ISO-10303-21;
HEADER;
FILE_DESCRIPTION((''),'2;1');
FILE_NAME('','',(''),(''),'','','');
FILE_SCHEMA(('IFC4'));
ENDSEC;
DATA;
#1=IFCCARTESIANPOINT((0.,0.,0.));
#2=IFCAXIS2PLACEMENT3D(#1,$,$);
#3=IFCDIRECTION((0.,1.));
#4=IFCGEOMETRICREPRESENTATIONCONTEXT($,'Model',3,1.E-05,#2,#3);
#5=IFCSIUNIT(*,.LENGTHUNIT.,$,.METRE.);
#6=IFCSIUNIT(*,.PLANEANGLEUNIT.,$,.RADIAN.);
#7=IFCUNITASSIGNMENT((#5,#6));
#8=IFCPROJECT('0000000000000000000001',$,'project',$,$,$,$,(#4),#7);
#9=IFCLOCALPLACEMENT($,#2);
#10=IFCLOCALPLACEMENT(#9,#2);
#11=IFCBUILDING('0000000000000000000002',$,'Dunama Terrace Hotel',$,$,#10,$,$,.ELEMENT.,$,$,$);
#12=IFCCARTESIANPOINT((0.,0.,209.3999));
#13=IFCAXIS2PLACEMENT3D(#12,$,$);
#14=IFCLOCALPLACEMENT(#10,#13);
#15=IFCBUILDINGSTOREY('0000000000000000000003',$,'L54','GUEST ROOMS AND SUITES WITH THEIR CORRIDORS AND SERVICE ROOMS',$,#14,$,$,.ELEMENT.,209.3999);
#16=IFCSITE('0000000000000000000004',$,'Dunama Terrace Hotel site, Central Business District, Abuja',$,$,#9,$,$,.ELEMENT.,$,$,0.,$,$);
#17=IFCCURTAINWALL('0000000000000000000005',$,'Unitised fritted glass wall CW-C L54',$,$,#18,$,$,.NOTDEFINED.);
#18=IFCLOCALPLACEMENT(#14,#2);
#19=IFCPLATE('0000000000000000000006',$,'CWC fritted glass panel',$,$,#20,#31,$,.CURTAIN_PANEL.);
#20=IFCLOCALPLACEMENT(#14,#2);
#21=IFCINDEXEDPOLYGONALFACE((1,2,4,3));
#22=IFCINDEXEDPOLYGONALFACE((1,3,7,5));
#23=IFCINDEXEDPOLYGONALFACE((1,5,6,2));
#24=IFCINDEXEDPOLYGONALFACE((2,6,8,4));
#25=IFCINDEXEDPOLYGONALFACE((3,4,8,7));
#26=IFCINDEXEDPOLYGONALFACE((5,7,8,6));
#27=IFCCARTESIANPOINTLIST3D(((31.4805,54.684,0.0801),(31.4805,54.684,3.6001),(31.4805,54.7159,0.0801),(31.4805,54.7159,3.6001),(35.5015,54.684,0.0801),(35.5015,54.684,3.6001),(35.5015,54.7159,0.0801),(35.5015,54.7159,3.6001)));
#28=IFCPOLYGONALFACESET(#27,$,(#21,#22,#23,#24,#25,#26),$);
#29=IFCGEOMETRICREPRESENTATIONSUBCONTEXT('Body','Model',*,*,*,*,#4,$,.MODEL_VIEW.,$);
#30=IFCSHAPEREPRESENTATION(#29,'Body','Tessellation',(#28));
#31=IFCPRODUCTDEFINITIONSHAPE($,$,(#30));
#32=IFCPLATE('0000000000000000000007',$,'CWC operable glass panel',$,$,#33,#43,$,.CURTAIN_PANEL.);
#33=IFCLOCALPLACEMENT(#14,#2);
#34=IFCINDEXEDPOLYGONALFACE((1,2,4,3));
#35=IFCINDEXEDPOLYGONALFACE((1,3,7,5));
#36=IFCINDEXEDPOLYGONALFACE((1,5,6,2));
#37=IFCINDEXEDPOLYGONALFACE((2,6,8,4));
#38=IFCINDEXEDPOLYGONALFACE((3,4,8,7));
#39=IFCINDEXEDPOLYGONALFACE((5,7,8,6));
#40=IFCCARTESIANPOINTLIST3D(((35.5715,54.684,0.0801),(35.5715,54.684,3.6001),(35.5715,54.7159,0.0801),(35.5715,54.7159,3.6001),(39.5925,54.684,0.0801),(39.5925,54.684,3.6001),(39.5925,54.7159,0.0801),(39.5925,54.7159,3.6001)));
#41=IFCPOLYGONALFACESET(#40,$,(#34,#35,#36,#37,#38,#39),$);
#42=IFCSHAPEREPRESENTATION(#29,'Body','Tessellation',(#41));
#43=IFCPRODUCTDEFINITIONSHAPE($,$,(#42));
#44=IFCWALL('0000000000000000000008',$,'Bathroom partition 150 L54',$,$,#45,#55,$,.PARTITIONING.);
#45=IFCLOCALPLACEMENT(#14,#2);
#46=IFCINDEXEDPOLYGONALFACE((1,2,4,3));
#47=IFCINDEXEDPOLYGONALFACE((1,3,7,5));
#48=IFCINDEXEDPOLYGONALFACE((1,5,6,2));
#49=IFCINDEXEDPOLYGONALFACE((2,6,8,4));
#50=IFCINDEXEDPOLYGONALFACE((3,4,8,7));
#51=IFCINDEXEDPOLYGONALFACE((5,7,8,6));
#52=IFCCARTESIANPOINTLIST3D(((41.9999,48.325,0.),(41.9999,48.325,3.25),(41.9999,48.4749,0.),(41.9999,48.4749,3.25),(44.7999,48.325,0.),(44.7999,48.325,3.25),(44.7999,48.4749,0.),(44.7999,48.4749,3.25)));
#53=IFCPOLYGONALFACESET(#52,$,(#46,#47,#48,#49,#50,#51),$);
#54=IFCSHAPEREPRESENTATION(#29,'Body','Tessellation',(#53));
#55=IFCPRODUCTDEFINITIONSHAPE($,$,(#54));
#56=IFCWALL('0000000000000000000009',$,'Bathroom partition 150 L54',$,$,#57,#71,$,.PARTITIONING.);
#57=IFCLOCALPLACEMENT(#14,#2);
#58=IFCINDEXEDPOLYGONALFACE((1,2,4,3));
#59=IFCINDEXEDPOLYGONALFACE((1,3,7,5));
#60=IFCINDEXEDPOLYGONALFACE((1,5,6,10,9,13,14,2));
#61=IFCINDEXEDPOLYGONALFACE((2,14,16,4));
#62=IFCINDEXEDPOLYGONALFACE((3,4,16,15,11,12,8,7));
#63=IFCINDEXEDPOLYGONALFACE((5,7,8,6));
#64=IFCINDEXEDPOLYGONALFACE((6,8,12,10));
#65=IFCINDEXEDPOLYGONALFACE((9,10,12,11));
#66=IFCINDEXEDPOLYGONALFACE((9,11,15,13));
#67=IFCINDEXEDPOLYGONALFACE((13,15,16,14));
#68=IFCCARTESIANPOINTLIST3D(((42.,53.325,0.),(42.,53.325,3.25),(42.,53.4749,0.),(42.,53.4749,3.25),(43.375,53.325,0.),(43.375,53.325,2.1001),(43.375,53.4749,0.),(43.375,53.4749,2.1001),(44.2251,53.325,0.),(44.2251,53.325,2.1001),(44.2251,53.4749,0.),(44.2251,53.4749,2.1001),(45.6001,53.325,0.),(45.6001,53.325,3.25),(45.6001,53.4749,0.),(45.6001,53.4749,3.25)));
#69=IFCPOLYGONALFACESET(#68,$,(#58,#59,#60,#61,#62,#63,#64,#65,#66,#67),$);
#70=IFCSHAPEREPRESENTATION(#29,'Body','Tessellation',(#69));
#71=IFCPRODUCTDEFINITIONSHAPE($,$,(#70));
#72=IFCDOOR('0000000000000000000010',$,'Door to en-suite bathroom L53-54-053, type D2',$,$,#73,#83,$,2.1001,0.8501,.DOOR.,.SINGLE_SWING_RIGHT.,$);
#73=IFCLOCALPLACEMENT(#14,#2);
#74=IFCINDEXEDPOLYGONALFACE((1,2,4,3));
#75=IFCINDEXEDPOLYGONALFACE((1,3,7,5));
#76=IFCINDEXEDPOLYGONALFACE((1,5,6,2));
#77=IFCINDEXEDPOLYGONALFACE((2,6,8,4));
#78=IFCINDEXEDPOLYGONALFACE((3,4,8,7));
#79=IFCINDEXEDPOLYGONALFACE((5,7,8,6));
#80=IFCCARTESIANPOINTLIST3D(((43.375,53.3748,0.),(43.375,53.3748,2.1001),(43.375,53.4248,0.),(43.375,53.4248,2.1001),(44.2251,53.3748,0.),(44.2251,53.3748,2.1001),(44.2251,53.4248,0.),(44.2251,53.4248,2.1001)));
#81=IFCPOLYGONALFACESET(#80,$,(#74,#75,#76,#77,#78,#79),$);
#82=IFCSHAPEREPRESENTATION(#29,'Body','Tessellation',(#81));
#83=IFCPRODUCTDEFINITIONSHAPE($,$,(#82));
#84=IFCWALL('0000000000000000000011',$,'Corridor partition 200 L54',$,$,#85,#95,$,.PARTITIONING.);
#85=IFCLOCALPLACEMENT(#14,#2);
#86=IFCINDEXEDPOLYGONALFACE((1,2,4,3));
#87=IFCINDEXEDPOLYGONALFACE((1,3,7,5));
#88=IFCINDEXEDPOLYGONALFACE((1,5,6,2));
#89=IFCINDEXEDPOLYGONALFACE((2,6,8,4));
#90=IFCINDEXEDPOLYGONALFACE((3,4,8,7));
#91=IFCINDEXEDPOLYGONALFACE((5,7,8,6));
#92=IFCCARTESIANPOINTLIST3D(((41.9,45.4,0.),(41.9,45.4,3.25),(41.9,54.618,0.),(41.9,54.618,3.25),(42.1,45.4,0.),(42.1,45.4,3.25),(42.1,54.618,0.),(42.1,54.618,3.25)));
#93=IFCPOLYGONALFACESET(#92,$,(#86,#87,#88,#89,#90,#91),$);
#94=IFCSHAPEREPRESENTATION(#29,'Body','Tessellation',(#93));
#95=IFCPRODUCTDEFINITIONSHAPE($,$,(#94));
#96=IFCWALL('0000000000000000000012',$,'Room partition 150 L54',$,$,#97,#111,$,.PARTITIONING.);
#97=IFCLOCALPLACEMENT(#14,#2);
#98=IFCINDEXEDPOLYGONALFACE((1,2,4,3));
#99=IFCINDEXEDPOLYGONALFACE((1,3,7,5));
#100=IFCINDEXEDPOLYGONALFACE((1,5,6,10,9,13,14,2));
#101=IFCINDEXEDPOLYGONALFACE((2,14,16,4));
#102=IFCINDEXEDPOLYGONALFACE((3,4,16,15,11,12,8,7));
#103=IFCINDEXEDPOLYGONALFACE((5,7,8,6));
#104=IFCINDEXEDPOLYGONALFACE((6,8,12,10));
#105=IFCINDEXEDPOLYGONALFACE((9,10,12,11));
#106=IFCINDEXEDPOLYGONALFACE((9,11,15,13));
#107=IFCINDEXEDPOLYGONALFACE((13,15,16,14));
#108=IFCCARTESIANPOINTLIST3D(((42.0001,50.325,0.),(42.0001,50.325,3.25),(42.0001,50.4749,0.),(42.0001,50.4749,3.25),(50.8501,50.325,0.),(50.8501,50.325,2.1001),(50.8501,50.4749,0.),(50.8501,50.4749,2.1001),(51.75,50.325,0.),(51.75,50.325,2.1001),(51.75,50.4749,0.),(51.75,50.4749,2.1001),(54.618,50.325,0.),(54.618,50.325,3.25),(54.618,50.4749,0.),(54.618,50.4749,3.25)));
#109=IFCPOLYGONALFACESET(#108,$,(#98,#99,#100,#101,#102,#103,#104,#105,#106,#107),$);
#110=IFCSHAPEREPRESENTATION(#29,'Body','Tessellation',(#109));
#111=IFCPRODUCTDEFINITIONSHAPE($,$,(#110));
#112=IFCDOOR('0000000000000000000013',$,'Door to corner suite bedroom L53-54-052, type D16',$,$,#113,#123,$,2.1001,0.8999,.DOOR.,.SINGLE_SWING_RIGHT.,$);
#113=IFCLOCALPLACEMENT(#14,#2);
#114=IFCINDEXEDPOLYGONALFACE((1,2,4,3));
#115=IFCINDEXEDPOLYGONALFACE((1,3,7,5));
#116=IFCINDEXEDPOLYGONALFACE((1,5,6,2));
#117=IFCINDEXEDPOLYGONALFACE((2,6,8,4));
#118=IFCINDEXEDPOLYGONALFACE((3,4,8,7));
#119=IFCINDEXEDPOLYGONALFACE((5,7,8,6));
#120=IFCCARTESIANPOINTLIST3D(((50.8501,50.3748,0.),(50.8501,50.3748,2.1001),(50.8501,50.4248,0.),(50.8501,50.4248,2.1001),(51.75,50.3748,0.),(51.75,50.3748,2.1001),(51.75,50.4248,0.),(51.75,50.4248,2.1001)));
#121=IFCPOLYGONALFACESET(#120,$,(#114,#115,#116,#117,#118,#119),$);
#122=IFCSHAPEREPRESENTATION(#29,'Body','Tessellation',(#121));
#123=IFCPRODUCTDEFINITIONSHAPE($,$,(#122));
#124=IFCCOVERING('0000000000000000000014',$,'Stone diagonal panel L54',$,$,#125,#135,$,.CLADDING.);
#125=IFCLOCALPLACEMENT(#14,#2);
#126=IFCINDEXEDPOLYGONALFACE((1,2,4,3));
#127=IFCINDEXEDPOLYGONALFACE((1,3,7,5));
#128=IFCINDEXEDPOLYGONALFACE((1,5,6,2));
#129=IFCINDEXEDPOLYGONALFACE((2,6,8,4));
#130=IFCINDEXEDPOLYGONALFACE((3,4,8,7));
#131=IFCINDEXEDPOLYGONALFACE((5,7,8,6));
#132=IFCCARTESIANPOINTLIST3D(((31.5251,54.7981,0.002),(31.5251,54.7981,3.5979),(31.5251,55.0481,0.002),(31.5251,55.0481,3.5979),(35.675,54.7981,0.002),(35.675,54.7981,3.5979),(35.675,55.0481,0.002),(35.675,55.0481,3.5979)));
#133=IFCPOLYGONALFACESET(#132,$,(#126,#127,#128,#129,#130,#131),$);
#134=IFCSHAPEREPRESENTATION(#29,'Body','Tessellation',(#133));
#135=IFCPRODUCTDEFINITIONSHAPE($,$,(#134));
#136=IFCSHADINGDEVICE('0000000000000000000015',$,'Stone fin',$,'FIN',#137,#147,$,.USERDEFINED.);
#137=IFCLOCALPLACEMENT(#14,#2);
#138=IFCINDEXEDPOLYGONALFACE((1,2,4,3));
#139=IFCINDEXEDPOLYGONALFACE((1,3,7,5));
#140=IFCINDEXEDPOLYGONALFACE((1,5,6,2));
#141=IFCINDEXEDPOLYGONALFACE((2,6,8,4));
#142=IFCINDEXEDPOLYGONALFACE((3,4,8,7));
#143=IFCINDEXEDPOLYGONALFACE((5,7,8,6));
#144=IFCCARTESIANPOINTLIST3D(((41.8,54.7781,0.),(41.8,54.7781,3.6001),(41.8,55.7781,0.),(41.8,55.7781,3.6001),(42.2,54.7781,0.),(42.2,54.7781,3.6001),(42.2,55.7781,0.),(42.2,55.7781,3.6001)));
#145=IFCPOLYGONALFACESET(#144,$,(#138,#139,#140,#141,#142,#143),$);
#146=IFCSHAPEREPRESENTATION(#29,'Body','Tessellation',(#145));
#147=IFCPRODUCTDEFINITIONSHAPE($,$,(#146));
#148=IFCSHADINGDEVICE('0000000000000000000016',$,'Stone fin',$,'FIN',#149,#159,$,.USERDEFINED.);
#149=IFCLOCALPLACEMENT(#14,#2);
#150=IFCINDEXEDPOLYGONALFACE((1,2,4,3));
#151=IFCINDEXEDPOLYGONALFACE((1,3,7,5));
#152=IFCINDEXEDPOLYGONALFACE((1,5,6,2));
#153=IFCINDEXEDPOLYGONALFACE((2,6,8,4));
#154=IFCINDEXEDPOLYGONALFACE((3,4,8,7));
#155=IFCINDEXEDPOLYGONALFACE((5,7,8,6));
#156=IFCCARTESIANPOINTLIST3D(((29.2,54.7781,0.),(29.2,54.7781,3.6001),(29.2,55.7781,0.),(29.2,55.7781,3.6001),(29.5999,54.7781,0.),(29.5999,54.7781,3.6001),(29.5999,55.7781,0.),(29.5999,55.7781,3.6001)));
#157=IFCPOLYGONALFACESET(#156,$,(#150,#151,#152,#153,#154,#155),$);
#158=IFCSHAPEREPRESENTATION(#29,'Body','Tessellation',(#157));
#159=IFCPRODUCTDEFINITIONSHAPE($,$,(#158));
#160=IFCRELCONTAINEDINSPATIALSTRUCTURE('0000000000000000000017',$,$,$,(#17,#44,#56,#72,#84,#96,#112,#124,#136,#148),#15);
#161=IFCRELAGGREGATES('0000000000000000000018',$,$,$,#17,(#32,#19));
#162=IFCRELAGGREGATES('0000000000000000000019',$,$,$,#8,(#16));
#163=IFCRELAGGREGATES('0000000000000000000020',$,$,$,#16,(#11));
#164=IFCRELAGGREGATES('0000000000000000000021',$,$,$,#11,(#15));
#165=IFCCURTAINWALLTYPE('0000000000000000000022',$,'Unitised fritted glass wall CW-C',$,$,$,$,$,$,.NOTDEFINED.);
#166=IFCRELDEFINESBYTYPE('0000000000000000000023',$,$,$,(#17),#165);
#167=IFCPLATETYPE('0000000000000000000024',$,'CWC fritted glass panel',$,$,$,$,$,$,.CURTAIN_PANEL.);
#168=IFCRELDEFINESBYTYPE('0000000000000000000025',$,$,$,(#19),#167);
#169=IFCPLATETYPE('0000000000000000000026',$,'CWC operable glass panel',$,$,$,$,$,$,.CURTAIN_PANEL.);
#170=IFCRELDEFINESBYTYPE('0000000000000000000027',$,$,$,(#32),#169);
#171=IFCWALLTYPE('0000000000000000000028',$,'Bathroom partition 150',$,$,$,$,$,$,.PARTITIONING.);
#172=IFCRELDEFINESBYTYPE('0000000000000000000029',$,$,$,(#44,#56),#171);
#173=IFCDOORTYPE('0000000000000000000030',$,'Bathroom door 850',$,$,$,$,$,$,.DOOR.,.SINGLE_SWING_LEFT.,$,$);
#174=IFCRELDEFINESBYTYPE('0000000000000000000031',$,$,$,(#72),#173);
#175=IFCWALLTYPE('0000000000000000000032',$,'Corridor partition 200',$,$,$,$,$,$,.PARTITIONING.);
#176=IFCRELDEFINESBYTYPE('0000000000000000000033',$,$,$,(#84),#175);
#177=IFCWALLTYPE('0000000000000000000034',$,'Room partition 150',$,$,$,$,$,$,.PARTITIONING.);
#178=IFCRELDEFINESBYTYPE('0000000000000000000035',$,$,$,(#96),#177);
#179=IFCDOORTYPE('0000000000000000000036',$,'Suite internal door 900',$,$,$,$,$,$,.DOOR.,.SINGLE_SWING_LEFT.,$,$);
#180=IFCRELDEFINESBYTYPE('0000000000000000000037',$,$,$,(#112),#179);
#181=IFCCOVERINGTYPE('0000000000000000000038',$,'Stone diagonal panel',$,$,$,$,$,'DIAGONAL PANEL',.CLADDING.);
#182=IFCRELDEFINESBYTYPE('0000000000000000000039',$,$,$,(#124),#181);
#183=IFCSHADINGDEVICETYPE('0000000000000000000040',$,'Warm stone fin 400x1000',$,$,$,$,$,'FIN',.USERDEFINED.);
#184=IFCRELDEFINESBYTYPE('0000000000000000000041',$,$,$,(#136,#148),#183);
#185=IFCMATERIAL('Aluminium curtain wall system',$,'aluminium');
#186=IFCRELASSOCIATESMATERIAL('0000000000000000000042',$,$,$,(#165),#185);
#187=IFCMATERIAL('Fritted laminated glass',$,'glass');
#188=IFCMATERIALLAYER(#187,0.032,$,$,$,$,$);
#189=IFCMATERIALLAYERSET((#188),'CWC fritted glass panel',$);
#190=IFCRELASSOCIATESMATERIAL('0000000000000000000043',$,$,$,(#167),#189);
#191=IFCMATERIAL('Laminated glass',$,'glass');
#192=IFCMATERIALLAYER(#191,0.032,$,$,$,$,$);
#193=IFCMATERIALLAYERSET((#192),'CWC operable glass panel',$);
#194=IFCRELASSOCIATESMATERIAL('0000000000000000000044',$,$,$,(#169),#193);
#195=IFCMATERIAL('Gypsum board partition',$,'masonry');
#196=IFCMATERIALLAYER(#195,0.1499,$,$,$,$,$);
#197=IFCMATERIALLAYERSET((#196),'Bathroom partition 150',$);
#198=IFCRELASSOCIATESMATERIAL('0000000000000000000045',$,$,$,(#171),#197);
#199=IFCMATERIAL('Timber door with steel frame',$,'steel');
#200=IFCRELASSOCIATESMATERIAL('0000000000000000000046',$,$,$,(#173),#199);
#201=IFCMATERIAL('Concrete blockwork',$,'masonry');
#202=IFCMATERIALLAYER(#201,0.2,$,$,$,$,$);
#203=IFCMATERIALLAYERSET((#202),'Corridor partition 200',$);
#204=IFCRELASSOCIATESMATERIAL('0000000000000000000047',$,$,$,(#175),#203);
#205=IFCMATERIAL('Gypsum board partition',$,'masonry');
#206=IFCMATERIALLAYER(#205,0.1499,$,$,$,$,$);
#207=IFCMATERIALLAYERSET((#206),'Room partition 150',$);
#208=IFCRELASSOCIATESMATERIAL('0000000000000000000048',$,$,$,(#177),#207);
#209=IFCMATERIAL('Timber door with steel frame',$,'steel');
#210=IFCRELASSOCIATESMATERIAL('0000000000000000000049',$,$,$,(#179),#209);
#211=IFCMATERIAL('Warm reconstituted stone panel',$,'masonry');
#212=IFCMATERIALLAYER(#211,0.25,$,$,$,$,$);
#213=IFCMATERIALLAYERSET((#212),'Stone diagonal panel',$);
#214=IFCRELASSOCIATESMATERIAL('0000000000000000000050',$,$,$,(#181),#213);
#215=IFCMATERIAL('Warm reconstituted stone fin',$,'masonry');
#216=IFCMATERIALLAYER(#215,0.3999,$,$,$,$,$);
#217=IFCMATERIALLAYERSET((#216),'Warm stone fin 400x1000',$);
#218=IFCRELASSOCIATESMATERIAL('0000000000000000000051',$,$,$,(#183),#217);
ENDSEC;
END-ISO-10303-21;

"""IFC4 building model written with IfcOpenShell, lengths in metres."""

from ifc_helpers import new_model, si_unit, direction, frame, frame_2d, origin, origin_2d, place, context, subcontext, project, spatial, rectangle, extrude, material, layer, layer_set, type_object, element, fill, aggregate, save


model = new_model("IFC4")

# Units and contexts
model_context = context("Model", 3, precision=1e-05, world=origin(), true_north=direction((0.0, 1.0)))
body_context = subcontext(model_context, "Body", "Model", "MODEL_VIEW")
ifc_project = project(units=[si_unit("LENGTHUNIT", "METRE"), si_unit("PLANEANGLEUNIT", "RADIAN")], contexts=[model_context])

# Site, building, storey
site_placement = place(None, origin())
site = spatial("IfcSite", under=ifc_project, at=site_placement, Name="Dunama Terrace Hotel site, Central Business District, Abuja", CompositionType="ELEMENT", RefElevation=0.0)
building_placement = place(site_placement, origin())
building = spatial("IfcBuilding", under=site, at=building_placement, Name="Dunama Terrace Hotel", CompositionType="ELEMENT")
storey_placement = place(building_placement, frame((0.0, 0.0, 209.3999)))
storey = spatial("IfcBuildingStorey", under=building, at=storey_placement, Name="L54", Description="GUEST ROOMS AND SUITES WITH THEIR CORRIDORS AND SERVICE ROOMS", CompositionType="ELEMENT", Elevation=209.3999)

# Curtain wall
ifc_material_1 = material(Name="Aluminium curtain wall system", Category="aluminium")
curtain_wall_type = type_object("IfcCurtainWallType", Name="Unitised fritted glass wall CW-C", PredefinedType="NOTDEFINED", material=ifc_material_1)
curtain_wall_placement = place(storey_placement, origin())
curtain_wall = element("IfcCurtainWall", 1, at=curtain_wall_placement, inside=storey, type_object=curtain_wall_type, Name="Unitised fritted glass wall CW-C L54", PredefinedType="NOTDEFINED")

# Plates
ifc_material_2 = material(Name="Fritted laminated glass", Category="glass")
ifc_layer_1 = layer(ifc_material_2, 0.032)
ifc_layer_set_1 = layer_set([ifc_layer_1], Name="CWC fritted glass panel")
plate_type_1 = type_object("IfcPlateType", Name="CWC fritted glass panel", PredefinedType="CURTAIN_PANEL", material=ifc_layer_set_1)
plate_1_placement = place(storey_placement, frame((33.491, 54.7, 0.0801), z_axis=(0.0, 0.0, 1.0), x_axis=(-1.0, 0.0, 0.0)))
plate_1 = element("IfcPlate", 2, at=plate_1_placement, type_object=plate_type_1, Name="CWC fritted glass panel", PredefinedType="CURTAIN_PANEL", context=body_context, shape_type="SweptSolid", body=[
    extrude(rectangle(XDim=4.021, YDim=0.032, at=origin_2d()), origin(), (0.0, 0.0, 1.0), 3.52),
])
ifc_material_3 = material(Name="Laminated glass", Category="glass")
ifc_layer_2 = layer(ifc_material_3, 0.032)
ifc_layer_set_2 = layer_set([ifc_layer_2], Name="CWC operable glass panel")
plate_type_2 = type_object("IfcPlateType", Name="CWC operable glass panel", PredefinedType="CURTAIN_PANEL", material=ifc_layer_set_2)
plate_2_placement = place(storey_placement, frame((37.582, 54.7, 0.0801), z_axis=(0.0, 0.0, 1.0), x_axis=(-1.0, 0.0, 0.0)))
plate_2 = element("IfcPlate", 3, at=plate_2_placement, type_object=plate_type_2, Name="CWC operable glass panel", PredefinedType="CURTAIN_PANEL", context=body_context, shape_type="SweptSolid", body=[
    extrude(rectangle(XDim=4.021, YDim=0.032, at=origin_2d()), origin(), (0.0, 0.0, 1.0), 3.52),
])
aggregate(curtain_wall, [plate_2, plate_1])

# Wall
ifc_material_4 = material(Name="Gypsum board partition", Category="masonry")
ifc_layer_3 = layer(ifc_material_4, 0.1499)
ifc_layer_set_3 = layer_set([ifc_layer_3], Name="Bathroom partition 150")
wall_type_1 = type_object("IfcWallType", Name="Bathroom partition 150", PredefinedType="PARTITIONING", material=ifc_layer_set_3)
wall_1_placement = place(storey_placement, frame((42.0, 48.3999, 0.0), z_axis=(0.0, 0.0, 1.0), x_axis=(1.0, 0.0, 0.0)))
element("IfcWall", 4, at=wall_1_placement, inside=storey, type_object=wall_type_1, Name="Bathroom partition 150 L54", PredefinedType="PARTITIONING", context=body_context, shape_type="SweptSolid", body=[
    extrude(rectangle(XDim=2.8, YDim=0.1499, at=frame_2d((1.3999, 0.0))), origin(), (0.0, 0.0, 1.0), 3.25),
])

# Wall, opening, door
wall_2_placement = place(storey_placement, frame((42.0, 53.3999, 0.0), z_axis=(0.0, 0.0, 1.0), x_axis=(1.0, 0.0, 0.0)))
wall_2 = element("IfcWall", 5, at=wall_2_placement, inside=storey, type_object=wall_type_1, Name="Bathroom partition 150 L54", PredefinedType="PARTITIONING", context=body_context, shape_type="SweptSolid", body=[
    extrude(rectangle(XDim=3.6001, YDim=0.1499, at=frame_2d((1.8, 0.0))), origin(), (0.0, 0.0, 1.0), 3.25),
])
opening_1_placement = place(wall_2_placement, frame((1.375, 0.0, 0.0)))
opening_1 = element("IfcOpeningElement", 6, at=opening_1_placement, cuts=wall_2, PredefinedType="OPENING", context=body_context, shape_type="SweptSolid", body=[
    extrude(rectangle(XDim=0.8501, YDim=2.1001, at=frame_2d((0.425, 1.05))), frame((0.0, 0.085, 0.0), z_axis=(0.0, -1.0, 0.0), x_axis=(1.0, 0.0, 0.0)), (0.0, 0.0, 1.0), 0.1699),
])
ifc_material_5 = material(Name="Timber door with steel frame", Category="steel")
door_type_1 = type_object("IfcDoorType", Name="Bathroom door 850", OperationType="SINGLE_SWING_LEFT", PredefinedType="DOOR", material=ifc_material_5)
door_1_placement = place(opening_1_placement, frame((0.8501, 0.0, 0.0), z_axis=(0.0, 0.0, 1.0), x_axis=(-1.0, 0.0, 0.0)))
door_1 = element("IfcDoor", 7, at=door_1_placement, inside=storey, type_object=door_type_1, Name="Door to en-suite bathroom L53-54-053, type D2", OperationType="SINGLE_SWING_RIGHT", OverallHeight=2.1001, OverallWidth=0.8501, PredefinedType="DOOR", context=body_context, shape_type="SweptSolid", body=[
    extrude(rectangle(XDim=0.8501, YDim=2.1001, at=frame_2d((0.425, 1.05))), frame((0.0, 0.0251, 0.0), z_axis=(0.0, -1.0, 0.0), x_axis=(1.0, 0.0, 0.0)), (0.0, 0.0, 1.0), 0.05),
])
fill(opening_1, door_1)

# Wall
ifc_material_6 = material(Name="Concrete blockwork", Category="masonry")
ifc_layer_4 = layer(ifc_material_6, 0.2)
ifc_layer_set_4 = layer_set([ifc_layer_4], Name="Corridor partition 200")
wall_type_2 = type_object("IfcWallType", Name="Corridor partition 200", PredefinedType="PARTITIONING", material=ifc_layer_set_4)
wall_3_placement = place(storey_placement, frame((42.0, 54.6179, 0.0), z_axis=(0.0, 0.0, 1.0), x_axis=(0.0, -1.0, 0.0)))
element("IfcWall", 8, at=wall_3_placement, inside=storey, type_object=wall_type_2, Name="Corridor partition 200 L54", PredefinedType="PARTITIONING", context=body_context, shape_type="SweptSolid", body=[
    extrude(rectangle(XDim=9.218, YDim=0.2, at=frame_2d((4.6089, 0.0))), origin(), (0.0, 0.0, 1.0), 3.25),
])

# Wall, opening, door
ifc_material_7 = material(Name="Gypsum board partition", Category="masonry")
ifc_layer_5 = layer(ifc_material_7, 0.1499)
ifc_layer_set_5 = layer_set([ifc_layer_5], Name="Room partition 150")
wall_type_3 = type_object("IfcWallType", Name="Room partition 150", PredefinedType="PARTITIONING", material=ifc_layer_set_5)
wall_4_placement = place(storey_placement, frame((42.0, 50.3999, 0.0), z_axis=(0.0, 0.0, 1.0), x_axis=(1.0, 0.0, 0.0)))
wall_4 = element("IfcWall", 9, at=wall_4_placement, inside=storey, type_object=wall_type_3, Name="Room partition 150 L54", PredefinedType="PARTITIONING", context=body_context, shape_type="SweptSolid", body=[
    extrude(rectangle(XDim=12.6179, YDim=0.1499, at=frame_2d((6.3091, 0.0))), origin(), (0.0, 0.0, 1.0), 3.25),
])
opening_2_placement = place(wall_4_placement, frame((8.8501, 0.0, 0.0)))
opening_2 = element("IfcOpeningElement", 10, at=opening_2_placement, cuts=wall_4, PredefinedType="OPENING", context=body_context, shape_type="SweptSolid", body=[
    extrude(rectangle(XDim=0.8999, YDim=2.1001, at=frame_2d((0.45, 1.05))), frame((0.0, 0.085, 0.0), z_axis=(0.0, -1.0, 0.0), x_axis=(1.0, 0.0, 0.0)), (0.0, 0.0, 1.0), 0.1699),
])
ifc_material_8 = material(Name="Timber door with steel frame", Category="steel")
door_type_2 = type_object("IfcDoorType", Name="Suite internal door 900", OperationType="SINGLE_SWING_LEFT", PredefinedType="DOOR", material=ifc_material_8)
door_2_placement = place(opening_2_placement, origin())
door_2 = element("IfcDoor", 11, at=door_2_placement, inside=storey, type_object=door_type_2, Name="Door to corner suite bedroom L53-54-052, type D16", OperationType="SINGLE_SWING_RIGHT", OverallHeight=2.1001, OverallWidth=0.8999, PredefinedType="DOOR", context=body_context, shape_type="SweptSolid", body=[
    extrude(rectangle(XDim=0.8999, YDim=2.1001, at=frame_2d((0.45, 1.05))), frame((0.0, 0.0249, 0.0), z_axis=(0.0, -1.0, 0.0), x_axis=(1.0, 0.0, 0.0)), (0.0, 0.0, 1.0), 0.05),
])
fill(opening_2, door_2)

# Covering
ifc_material_9 = material(Name="Warm reconstituted stone panel", Category="masonry")
ifc_layer_6 = layer(ifc_material_9, 0.25)
ifc_layer_set_6 = layer_set([ifc_layer_6], Name="Stone diagonal panel")
covering_type = type_object("IfcCoveringType", Name="Stone diagonal panel", ElementType="DIAGONAL PANEL", PredefinedType="CLADDING", material=ifc_layer_set_6)
covering_placement = place(storey_placement, frame((33.6001, 54.9231, 0.002), z_axis=(0.0, 0.0, 1.0), x_axis=(-1.0, 0.0, 0.0)))
element("IfcCovering", 12, at=covering_placement, inside=storey, type_object=covering_type, Name="Stone diagonal panel L54", PredefinedType="CLADDING", context=body_context, shape_type="SweptSolid", body=[
    extrude(rectangle(XDim=4.1499, YDim=0.25, at=origin_2d()), origin(), (0.0, 0.0, 1.0), 3.5959),
])

# Shading devices
ifc_material_10 = material(Name="Warm reconstituted stone fin", Category="masonry")
ifc_layer_7 = layer(ifc_material_10, 0.3999)
ifc_layer_set_7 = layer_set([ifc_layer_7], Name="Warm stone fin 400x1000")
shading_device_type = type_object("IfcShadingDeviceType", Name="Warm stone fin 400x1000", ElementType="FIN", PredefinedType="USERDEFINED", material=ifc_layer_set_7)
for number, where, z_axis, x_axis, name in (
    (13, (42.0, 55.2781, 0.0), (0.0, 0.0, 1.0), (-1.0, 0.0, 0.0), "Stone fin"),
    (14, (29.3999, 55.2781, 0.0), (0.0, 0.0, 1.0), (-1.0, 0.0, 0.0), "Stone fin"),
):
    element("IfcShadingDevice", number, at=place(storey_placement, frame(where, z_axis=z_axis, x_axis=x_axis)), inside=storey, type_object=shading_device_type, Name=name, ObjectType="FIN", PredefinedType="USERDEFINED", context=body_context, shape_type="SweptSolid", body=[
        extrude(rectangle(XDim=0.3999, YDim=1.0, at=origin_2d()), origin(), (0.0, 0.0, 1.0), 3.6001),
    ])

save(model, "model.ifc")
